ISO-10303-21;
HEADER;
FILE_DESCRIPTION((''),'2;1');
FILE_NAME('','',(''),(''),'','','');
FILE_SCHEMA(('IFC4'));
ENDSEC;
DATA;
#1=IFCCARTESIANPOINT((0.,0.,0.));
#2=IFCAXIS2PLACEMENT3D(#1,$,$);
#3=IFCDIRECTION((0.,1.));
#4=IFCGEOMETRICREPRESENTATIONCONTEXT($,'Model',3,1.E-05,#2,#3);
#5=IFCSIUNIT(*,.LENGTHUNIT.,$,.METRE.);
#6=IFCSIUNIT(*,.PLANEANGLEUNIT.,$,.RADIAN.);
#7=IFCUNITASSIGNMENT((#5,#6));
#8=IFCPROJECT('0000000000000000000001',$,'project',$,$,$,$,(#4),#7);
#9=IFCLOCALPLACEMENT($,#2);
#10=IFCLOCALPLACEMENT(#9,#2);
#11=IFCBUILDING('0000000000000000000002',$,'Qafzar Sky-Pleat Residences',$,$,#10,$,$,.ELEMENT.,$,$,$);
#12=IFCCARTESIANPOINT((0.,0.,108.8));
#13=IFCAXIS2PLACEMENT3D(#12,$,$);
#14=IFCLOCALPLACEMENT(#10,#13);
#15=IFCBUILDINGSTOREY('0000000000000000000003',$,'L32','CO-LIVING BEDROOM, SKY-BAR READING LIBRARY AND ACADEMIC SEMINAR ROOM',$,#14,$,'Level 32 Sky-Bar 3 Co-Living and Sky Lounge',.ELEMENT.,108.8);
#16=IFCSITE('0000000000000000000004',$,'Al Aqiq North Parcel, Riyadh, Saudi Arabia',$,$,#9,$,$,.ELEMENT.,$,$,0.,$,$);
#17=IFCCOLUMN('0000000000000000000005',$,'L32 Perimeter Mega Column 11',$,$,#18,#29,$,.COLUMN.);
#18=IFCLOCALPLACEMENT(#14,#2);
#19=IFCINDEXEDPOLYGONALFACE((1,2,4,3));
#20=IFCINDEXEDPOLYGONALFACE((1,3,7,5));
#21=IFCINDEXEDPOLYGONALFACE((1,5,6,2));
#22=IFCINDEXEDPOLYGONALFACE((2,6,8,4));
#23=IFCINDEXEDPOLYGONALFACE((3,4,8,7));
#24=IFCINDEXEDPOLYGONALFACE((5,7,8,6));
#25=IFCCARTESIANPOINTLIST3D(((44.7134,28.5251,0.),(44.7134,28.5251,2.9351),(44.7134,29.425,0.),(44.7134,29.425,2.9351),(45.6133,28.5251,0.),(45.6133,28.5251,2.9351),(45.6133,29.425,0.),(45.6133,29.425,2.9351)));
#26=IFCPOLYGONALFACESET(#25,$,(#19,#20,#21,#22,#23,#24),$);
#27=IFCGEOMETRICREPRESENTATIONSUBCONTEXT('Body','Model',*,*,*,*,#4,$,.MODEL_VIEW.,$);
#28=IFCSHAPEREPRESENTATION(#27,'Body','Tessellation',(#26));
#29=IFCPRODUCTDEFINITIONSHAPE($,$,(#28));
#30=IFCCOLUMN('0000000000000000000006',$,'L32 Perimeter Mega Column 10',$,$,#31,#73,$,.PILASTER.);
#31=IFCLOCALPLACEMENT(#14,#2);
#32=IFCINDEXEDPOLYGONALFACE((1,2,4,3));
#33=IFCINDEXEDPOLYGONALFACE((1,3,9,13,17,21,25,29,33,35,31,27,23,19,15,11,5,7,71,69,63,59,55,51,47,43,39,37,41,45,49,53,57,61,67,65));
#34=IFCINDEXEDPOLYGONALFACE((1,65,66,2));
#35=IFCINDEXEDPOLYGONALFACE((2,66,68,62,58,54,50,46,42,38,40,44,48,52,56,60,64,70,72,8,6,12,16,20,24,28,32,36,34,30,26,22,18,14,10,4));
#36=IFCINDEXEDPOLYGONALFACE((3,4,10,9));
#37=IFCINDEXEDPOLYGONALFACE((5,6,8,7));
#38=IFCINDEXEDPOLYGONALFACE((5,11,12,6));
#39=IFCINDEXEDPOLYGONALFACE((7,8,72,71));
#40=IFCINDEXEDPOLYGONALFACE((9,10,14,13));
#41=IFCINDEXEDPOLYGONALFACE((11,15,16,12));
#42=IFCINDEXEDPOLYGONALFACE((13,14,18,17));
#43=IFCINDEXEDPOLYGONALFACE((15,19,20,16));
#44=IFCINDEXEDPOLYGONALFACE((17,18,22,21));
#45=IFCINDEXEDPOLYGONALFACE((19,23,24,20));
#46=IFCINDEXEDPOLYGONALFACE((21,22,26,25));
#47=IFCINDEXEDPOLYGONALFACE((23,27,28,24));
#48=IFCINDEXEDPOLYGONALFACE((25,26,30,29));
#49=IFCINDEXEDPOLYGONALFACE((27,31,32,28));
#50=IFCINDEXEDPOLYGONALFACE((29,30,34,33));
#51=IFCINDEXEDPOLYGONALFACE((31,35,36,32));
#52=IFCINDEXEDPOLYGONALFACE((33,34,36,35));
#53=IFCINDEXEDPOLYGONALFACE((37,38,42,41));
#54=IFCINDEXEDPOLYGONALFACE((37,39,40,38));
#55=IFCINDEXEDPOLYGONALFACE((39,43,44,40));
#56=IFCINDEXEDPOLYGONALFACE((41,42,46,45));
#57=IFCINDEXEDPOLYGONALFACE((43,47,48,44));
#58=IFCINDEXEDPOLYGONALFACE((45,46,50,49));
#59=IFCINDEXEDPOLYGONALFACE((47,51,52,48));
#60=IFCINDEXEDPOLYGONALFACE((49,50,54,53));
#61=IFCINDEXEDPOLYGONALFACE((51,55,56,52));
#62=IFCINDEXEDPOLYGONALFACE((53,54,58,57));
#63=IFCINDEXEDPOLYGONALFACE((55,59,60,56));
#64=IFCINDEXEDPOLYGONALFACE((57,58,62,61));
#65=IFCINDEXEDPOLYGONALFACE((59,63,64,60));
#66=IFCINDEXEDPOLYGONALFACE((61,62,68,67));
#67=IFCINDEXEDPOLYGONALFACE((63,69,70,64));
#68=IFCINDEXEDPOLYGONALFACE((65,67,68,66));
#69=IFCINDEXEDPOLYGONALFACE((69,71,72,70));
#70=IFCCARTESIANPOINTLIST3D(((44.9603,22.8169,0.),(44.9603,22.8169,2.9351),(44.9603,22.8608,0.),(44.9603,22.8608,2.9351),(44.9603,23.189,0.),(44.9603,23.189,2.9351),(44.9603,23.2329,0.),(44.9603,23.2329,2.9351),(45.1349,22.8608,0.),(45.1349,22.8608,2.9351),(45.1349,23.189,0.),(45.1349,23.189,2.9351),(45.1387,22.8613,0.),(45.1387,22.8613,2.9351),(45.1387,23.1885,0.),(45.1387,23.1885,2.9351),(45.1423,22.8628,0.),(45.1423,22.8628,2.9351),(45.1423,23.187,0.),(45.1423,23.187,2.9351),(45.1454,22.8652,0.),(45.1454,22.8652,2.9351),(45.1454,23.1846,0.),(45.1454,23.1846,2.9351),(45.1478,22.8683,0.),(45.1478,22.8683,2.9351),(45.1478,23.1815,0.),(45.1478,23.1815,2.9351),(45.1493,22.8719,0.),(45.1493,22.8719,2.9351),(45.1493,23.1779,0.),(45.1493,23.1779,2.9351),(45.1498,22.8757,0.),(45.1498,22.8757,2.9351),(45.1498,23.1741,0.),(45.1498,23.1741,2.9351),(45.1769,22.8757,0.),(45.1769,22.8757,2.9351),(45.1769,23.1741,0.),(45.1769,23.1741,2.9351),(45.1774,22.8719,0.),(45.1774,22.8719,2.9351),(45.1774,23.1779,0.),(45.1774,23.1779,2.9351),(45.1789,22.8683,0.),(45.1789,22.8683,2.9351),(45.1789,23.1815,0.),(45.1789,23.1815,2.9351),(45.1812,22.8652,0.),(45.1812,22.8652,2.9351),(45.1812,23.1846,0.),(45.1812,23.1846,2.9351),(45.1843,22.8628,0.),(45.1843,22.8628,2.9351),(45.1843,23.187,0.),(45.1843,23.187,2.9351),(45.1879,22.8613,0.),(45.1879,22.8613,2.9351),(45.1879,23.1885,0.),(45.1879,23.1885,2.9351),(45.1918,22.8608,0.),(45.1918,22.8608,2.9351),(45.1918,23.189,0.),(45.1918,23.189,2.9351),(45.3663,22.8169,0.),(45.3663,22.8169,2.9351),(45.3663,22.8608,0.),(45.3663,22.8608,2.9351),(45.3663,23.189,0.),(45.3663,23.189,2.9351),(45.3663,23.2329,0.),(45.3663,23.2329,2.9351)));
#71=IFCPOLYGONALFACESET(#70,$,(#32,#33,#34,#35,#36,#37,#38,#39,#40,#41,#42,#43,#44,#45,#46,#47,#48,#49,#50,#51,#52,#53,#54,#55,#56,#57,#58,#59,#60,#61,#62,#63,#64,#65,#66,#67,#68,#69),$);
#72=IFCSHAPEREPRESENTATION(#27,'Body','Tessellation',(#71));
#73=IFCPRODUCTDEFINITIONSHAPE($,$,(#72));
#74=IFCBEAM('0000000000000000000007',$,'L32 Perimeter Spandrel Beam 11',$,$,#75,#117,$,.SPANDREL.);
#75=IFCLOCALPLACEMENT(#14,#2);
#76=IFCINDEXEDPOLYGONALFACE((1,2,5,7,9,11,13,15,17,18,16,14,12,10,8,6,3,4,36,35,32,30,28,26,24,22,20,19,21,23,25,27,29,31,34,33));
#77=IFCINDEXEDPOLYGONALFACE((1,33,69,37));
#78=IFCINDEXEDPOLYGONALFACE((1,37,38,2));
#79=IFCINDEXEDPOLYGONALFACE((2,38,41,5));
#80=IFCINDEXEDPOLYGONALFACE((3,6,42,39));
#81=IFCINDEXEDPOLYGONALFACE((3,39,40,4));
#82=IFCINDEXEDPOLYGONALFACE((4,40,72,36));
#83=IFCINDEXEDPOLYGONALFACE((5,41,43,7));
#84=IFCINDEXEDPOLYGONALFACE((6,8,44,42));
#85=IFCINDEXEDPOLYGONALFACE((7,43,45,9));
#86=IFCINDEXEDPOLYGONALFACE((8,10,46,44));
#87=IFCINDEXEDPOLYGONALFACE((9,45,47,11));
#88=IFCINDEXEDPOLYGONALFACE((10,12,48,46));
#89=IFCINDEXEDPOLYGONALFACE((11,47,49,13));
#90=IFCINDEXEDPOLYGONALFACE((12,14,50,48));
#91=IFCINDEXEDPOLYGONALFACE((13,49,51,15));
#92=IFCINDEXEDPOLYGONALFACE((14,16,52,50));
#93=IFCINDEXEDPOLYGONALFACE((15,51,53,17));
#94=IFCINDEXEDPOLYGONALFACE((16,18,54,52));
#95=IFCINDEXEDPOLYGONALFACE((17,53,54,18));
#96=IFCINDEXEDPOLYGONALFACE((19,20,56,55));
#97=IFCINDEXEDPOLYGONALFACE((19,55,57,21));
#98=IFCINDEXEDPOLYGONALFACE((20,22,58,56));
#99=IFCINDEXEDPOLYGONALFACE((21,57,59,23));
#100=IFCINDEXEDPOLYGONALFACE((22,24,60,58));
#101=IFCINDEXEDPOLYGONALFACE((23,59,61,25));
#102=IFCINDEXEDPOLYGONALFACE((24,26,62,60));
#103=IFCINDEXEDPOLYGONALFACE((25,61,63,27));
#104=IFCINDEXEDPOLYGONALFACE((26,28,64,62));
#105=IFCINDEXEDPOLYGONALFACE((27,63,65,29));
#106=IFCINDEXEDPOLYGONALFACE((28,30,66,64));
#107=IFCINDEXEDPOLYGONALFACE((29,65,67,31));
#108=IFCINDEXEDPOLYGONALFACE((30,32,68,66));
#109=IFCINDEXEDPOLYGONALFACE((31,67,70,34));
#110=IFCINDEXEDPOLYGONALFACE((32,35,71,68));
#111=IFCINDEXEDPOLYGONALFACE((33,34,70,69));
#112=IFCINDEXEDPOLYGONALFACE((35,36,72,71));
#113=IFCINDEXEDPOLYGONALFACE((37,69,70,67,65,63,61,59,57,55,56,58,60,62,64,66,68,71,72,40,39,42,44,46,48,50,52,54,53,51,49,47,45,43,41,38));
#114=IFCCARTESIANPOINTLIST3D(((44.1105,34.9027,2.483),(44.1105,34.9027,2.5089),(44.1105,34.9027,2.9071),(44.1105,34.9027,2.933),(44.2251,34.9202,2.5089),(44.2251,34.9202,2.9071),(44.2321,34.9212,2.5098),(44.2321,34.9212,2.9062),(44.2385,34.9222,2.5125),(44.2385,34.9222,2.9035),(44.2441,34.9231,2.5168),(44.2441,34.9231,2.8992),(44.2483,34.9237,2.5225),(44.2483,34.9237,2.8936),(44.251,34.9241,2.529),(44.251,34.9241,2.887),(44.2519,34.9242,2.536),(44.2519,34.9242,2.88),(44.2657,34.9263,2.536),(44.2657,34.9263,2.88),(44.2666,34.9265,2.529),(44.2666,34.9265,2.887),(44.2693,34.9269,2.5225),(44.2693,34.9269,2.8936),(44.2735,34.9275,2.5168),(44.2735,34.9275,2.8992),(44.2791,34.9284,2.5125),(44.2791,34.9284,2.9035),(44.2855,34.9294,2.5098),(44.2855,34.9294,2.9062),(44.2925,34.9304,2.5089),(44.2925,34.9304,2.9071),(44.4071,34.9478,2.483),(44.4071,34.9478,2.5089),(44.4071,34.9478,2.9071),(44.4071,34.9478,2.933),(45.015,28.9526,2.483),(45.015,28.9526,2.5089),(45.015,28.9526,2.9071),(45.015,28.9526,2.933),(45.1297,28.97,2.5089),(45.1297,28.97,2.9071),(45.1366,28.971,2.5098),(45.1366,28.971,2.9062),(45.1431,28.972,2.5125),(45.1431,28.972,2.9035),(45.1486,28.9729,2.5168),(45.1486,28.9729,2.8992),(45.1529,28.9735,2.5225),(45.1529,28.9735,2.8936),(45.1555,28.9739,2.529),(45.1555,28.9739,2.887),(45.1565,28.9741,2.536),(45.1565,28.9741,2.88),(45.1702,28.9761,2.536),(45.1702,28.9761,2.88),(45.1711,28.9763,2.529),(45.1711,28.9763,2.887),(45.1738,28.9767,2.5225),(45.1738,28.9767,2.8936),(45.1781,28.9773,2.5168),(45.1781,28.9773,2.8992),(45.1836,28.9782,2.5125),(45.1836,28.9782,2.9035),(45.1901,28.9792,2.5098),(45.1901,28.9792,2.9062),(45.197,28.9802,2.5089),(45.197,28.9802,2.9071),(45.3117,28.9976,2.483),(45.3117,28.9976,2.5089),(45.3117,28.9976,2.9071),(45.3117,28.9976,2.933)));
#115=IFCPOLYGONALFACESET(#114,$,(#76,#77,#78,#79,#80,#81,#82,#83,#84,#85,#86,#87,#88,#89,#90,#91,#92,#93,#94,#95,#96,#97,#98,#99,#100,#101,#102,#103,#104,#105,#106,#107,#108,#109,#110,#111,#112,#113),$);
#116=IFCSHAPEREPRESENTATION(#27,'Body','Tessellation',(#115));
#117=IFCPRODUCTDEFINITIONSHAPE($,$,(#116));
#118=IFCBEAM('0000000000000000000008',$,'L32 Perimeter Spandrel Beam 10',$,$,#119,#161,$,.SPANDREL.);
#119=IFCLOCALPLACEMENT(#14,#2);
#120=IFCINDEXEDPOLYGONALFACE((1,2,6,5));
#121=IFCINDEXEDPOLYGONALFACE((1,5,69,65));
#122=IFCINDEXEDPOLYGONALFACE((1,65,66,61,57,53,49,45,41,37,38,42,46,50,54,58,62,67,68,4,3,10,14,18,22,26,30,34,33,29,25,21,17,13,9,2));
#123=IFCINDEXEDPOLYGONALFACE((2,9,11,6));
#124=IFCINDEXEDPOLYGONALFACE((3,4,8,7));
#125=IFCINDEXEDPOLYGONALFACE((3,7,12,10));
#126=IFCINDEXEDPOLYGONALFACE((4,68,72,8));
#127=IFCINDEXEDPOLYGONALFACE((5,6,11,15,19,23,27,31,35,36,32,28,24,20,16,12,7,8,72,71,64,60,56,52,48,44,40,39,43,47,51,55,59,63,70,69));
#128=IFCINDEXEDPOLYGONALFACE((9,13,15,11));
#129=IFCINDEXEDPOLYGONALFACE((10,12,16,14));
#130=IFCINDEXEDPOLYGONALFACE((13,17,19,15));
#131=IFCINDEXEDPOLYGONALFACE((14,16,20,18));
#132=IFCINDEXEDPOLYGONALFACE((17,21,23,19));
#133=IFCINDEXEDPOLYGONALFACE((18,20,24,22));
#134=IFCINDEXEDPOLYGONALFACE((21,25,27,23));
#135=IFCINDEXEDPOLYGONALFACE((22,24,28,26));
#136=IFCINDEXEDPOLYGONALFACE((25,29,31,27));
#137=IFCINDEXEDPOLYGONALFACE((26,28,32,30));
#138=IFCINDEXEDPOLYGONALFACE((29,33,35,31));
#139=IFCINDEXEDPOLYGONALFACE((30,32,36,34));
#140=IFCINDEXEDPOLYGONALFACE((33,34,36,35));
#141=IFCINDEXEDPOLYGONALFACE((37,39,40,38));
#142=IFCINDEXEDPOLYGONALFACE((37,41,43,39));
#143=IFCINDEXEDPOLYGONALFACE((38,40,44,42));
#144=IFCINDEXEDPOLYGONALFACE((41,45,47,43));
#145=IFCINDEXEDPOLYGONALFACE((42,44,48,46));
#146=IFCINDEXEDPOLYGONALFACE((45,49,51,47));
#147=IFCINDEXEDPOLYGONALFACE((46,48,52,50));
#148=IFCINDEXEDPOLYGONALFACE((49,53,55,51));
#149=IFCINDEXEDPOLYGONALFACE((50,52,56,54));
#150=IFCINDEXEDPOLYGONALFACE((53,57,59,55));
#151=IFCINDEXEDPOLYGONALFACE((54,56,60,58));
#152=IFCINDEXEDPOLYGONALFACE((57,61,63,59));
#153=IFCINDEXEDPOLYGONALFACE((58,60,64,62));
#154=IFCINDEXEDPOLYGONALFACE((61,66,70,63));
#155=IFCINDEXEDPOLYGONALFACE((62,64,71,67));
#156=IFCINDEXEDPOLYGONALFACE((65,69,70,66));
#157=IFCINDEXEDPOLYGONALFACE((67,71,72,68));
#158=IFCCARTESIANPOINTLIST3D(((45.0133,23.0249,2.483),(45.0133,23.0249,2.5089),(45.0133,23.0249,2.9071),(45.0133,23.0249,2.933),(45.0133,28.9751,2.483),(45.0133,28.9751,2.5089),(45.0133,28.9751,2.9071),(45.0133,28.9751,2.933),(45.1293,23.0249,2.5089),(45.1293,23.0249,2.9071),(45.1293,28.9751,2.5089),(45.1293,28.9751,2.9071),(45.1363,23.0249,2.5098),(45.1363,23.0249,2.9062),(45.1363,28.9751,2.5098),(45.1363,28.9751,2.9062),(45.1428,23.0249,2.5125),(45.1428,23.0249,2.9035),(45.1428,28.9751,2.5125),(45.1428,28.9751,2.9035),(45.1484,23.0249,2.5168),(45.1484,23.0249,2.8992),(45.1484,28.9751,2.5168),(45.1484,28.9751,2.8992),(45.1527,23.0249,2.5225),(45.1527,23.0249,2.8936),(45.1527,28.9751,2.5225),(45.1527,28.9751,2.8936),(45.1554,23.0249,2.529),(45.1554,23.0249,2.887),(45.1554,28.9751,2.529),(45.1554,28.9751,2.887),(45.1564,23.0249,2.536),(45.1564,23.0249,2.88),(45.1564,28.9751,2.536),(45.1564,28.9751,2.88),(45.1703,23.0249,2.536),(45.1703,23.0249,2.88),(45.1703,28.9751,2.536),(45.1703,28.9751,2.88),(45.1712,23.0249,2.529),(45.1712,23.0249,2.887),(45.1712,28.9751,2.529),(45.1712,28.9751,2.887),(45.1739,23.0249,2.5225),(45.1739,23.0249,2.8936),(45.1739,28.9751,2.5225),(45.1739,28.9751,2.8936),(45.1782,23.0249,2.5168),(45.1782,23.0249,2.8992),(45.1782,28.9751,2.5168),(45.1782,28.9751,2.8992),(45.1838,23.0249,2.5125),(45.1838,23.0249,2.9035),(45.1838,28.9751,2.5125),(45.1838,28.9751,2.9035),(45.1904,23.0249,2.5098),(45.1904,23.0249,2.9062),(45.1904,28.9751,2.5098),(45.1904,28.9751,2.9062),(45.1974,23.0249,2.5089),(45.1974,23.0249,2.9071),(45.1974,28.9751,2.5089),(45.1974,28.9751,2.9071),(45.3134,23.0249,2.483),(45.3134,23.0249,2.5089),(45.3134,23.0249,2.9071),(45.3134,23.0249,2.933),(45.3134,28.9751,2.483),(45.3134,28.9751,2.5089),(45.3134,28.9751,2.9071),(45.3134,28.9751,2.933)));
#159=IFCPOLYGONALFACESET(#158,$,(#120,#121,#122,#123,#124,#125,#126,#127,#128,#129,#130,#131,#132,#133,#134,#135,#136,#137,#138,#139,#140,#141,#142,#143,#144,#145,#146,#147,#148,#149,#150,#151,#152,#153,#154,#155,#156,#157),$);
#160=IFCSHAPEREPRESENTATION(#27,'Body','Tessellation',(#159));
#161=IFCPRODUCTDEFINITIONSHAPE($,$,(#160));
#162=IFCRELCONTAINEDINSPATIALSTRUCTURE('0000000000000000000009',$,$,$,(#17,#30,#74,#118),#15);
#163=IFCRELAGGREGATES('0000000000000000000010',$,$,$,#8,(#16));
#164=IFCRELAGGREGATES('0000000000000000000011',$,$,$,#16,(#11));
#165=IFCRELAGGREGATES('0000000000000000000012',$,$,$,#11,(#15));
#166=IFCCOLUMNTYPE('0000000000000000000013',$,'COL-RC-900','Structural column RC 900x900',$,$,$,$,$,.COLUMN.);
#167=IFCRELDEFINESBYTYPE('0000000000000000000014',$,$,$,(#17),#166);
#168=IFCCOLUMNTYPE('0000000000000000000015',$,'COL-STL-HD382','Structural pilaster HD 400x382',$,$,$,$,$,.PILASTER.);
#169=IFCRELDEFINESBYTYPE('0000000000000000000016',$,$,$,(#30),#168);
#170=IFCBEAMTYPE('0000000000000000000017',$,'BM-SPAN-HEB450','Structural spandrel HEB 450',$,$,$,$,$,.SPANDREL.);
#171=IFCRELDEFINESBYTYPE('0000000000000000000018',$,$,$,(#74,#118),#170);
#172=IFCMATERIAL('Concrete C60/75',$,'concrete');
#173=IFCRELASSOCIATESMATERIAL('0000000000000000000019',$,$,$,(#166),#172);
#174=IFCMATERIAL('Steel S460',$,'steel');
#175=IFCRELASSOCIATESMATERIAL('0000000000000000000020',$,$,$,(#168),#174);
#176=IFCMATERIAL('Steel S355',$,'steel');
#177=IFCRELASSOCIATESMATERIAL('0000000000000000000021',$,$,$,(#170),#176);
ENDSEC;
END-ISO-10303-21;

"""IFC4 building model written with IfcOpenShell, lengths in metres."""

from ifc_helpers import new_model, si_unit, direction, frame, origin, origin_2d, place, context, subcontext, project, spatial, rectangle, i_section, extrude, source, transform, mapped, material, material_profile, profile_set, type_object, element, save


model = new_model("IFC4")

# Units and contexts
model_context = context("Model", 3, precision=1e-05, world=origin(), true_north=direction((0.0, 1.0)))
body_context = subcontext(model_context, "Body", "Model", "MODEL_VIEW")
ifc_project = project(units=[si_unit("LENGTHUNIT", "METRE"), si_unit("PLANEANGLEUNIT", "RADIAN")], contexts=[model_context])

# Site, building, storey
site_placement = place(None, origin())
site = spatial("IfcSite", under=ifc_project, at=site_placement, Name="Al Aqiq North Parcel, Riyadh, Saudi Arabia", CompositionType="ELEMENT", RefElevation=0.0)
building_placement = place(site_placement, origin())
building = spatial("IfcBuilding", under=site, at=building_placement, Name="Qafzar Sky-Pleat Residences", CompositionType="ELEMENT")
storey_placement = place(building_placement, frame((0.0, 0.0, 108.8)))
storey = spatial("IfcBuildingStorey", under=building, at=storey_placement, Name="L32", Description="CO-LIVING BEDROOM, SKY-BAR READING LIBRARY AND ACADEMIC SEMINAR ROOM", LongName="Level 32 Sky-Bar 3 Co-Living and Sky Lounge", CompositionType="ELEMENT", Elevation=108.8)

# Columns
ifc_material_1 = material(Name="Concrete C60/75", Category="concrete")
ifc_material_profile_1 = material_profile(ifc_material_1, rectangle(XDim=0.8999, YDim=0.8999, at=origin_2d()), Name="RC 900x900")
ifc_profile_set_1 = profile_set([ifc_material_profile_1], Name="Concrete C60/75")
column_type_1 = type_object("IfcColumnType", Name="COL-RC-900", Description="Structural column RC 900x900", PredefinedType="COLUMN", material=ifc_profile_set_1)
shared_shape_1 = source(origin(), body_context, "Body", "SweptSolid", [
    extrude(rectangle(XDim=0.8999, YDim=0.8999, at=origin_2d()), origin(), (0.0, 0.0, 1.0), 2.9351),
])
column_1_placement = place(storey_placement, frame((45.1633, 28.9751, 0.0), z_axis=(0.0, 0.0, 1.0), x_axis=(1.0, 0.0, 0.0)))
element("IfcColumn", 1, at=column_1_placement, inside=storey, type_object=column_type_1, Name="L32 Perimeter Mega Column 11", PredefinedType="COLUMN", context=body_context, shape_type="MappedRepresentation", body=[
    mapped(shared_shape_1, transform((0.0, 0.0, 0.0), x_axis=(1.0, 0.0, 0.0), y_axis=(0.0, 1.0, 0.0), z_axis=(0.0, 0.0, 1.0), scale=1.0)),
])
ifc_material_2 = material(Name="Steel S460", Category="steel")
ifc_material_profile_2 = material_profile(ifc_material_2, i_section(OverallWidth=0.406, OverallDepth=0.416, WebThickness=0.0271, FlangeThickness=0.0439, FilletRadius=0.0149, at=origin_2d()), Name="HD 400x382")
ifc_profile_set_2 = profile_set([ifc_material_profile_2], Name="Steel S460")
column_type_2 = type_object("IfcColumnType", Name="COL-STL-HD382", Description="Structural pilaster HD 400x382", PredefinedType="PILASTER", material=ifc_profile_set_2)
shared_shape_2 = source(origin(), body_context, "Body", "SweptSolid", [
    extrude(i_section(OverallWidth=0.406, OverallDepth=0.416, WebThickness=0.0271, FlangeThickness=0.0439, FilletRadius=0.0149, at=origin_2d()), origin(), (0.0, 0.0, 1.0), 2.9351),
])
column_2_placement = place(storey_placement, frame((45.1633, 23.0249, 0.0), z_axis=(0.0, 0.0, 1.0), x_axis=(1.0, 0.0, 0.0)))
element("IfcColumn", 2, at=column_2_placement, inside=storey, type_object=column_type_2, Name="L32 Perimeter Mega Column 10", PredefinedType="PILASTER", context=body_context, shape_type="MappedRepresentation", body=[
    mapped(shared_shape_2, transform((0.0, 0.0, 0.0), x_axis=(1.0, 0.0, 0.0), y_axis=(0.0, 1.0, 0.0), z_axis=(0.0, 0.0, 1.0), scale=1.0)),
])

# Beams
ifc_material_3 = material(Name="Steel S355", Category="steel")
ifc_material_profile_3 = material_profile(ifc_material_3, i_section(OverallWidth=0.3, OverallDepth=0.45, WebThickness=0.0139, FlangeThickness=0.0259, FilletRadius=0.0271, at=origin_2d()), Name="HEB 450")
ifc_profile_set_3 = profile_set([ifc_material_profile_3], Name="Steel S355")
beam_type_1 = type_object("IfcBeamType", Name="BM-SPAN-HEB450", Description="Structural spandrel HEB 450", PredefinedType="SPANDREL", material=ifc_profile_set_3)
shared_shape_3 = source(origin(), body_context, "Body", "SweptSolid", [
    extrude(i_section(OverallWidth=0.3, OverallDepth=0.45, WebThickness=0.0139, FlangeThickness=0.0259, FilletRadius=0.0271, at=origin_2d()), origin(), (0.0, 0.0, 1.0), 6.0186),
])
beam_1_placement = place(storey_placement, frame((45.1633, 28.9751, 2.708), z_axis=(-0.150292, 0.988642, 0.0), x_axis=(-0.988642, -0.150292, 0.0)))
element("IfcBeam", 3, at=beam_1_placement, inside=storey, type_object=beam_type_1, Name="L32 Perimeter Spandrel Beam 11", PredefinedType="SPANDREL", context=body_context, shape_type="MappedRepresentation", body=[
    mapped(shared_shape_3, transform((0.0, 0.0, 0.0), x_axis=(1.0, 0.0, 0.0), y_axis=(0.0, 1.0, 0.0), z_axis=(0.0, 0.0, 1.0), scale=1.0)),
])
shared_shape_4 = source(origin(), body_context, "Body", "SweptSolid", [
    extrude(i_section(OverallWidth=0.3, OverallDepth=0.45, WebThickness=0.0139, FlangeThickness=0.0259, FilletRadius=0.0271, at=origin_2d()), origin(), (0.0, 0.0, 1.0), 5.9502),
])
beam_2_placement = place(storey_placement, frame((45.1633, 23.0249, 2.708), z_axis=(0.0, 1.0, 0.0), x_axis=(-1.0, 0.0, 0.0)))
element("IfcBeam", 4, at=beam_2_placement, inside=storey, type_object=beam_type_1, Name="L32 Perimeter Spandrel Beam 10", PredefinedType="SPANDREL", context=body_context, shape_type="MappedRepresentation", body=[
    mapped(shared_shape_4, transform((0.0, 0.0, 0.0), x_axis=(1.0, 0.0, 0.0), y_axis=(0.0, 1.0, 0.0), z_axis=(0.0, 0.0, 1.0), scale=1.0)),
])

save(model, "model.ifc")
